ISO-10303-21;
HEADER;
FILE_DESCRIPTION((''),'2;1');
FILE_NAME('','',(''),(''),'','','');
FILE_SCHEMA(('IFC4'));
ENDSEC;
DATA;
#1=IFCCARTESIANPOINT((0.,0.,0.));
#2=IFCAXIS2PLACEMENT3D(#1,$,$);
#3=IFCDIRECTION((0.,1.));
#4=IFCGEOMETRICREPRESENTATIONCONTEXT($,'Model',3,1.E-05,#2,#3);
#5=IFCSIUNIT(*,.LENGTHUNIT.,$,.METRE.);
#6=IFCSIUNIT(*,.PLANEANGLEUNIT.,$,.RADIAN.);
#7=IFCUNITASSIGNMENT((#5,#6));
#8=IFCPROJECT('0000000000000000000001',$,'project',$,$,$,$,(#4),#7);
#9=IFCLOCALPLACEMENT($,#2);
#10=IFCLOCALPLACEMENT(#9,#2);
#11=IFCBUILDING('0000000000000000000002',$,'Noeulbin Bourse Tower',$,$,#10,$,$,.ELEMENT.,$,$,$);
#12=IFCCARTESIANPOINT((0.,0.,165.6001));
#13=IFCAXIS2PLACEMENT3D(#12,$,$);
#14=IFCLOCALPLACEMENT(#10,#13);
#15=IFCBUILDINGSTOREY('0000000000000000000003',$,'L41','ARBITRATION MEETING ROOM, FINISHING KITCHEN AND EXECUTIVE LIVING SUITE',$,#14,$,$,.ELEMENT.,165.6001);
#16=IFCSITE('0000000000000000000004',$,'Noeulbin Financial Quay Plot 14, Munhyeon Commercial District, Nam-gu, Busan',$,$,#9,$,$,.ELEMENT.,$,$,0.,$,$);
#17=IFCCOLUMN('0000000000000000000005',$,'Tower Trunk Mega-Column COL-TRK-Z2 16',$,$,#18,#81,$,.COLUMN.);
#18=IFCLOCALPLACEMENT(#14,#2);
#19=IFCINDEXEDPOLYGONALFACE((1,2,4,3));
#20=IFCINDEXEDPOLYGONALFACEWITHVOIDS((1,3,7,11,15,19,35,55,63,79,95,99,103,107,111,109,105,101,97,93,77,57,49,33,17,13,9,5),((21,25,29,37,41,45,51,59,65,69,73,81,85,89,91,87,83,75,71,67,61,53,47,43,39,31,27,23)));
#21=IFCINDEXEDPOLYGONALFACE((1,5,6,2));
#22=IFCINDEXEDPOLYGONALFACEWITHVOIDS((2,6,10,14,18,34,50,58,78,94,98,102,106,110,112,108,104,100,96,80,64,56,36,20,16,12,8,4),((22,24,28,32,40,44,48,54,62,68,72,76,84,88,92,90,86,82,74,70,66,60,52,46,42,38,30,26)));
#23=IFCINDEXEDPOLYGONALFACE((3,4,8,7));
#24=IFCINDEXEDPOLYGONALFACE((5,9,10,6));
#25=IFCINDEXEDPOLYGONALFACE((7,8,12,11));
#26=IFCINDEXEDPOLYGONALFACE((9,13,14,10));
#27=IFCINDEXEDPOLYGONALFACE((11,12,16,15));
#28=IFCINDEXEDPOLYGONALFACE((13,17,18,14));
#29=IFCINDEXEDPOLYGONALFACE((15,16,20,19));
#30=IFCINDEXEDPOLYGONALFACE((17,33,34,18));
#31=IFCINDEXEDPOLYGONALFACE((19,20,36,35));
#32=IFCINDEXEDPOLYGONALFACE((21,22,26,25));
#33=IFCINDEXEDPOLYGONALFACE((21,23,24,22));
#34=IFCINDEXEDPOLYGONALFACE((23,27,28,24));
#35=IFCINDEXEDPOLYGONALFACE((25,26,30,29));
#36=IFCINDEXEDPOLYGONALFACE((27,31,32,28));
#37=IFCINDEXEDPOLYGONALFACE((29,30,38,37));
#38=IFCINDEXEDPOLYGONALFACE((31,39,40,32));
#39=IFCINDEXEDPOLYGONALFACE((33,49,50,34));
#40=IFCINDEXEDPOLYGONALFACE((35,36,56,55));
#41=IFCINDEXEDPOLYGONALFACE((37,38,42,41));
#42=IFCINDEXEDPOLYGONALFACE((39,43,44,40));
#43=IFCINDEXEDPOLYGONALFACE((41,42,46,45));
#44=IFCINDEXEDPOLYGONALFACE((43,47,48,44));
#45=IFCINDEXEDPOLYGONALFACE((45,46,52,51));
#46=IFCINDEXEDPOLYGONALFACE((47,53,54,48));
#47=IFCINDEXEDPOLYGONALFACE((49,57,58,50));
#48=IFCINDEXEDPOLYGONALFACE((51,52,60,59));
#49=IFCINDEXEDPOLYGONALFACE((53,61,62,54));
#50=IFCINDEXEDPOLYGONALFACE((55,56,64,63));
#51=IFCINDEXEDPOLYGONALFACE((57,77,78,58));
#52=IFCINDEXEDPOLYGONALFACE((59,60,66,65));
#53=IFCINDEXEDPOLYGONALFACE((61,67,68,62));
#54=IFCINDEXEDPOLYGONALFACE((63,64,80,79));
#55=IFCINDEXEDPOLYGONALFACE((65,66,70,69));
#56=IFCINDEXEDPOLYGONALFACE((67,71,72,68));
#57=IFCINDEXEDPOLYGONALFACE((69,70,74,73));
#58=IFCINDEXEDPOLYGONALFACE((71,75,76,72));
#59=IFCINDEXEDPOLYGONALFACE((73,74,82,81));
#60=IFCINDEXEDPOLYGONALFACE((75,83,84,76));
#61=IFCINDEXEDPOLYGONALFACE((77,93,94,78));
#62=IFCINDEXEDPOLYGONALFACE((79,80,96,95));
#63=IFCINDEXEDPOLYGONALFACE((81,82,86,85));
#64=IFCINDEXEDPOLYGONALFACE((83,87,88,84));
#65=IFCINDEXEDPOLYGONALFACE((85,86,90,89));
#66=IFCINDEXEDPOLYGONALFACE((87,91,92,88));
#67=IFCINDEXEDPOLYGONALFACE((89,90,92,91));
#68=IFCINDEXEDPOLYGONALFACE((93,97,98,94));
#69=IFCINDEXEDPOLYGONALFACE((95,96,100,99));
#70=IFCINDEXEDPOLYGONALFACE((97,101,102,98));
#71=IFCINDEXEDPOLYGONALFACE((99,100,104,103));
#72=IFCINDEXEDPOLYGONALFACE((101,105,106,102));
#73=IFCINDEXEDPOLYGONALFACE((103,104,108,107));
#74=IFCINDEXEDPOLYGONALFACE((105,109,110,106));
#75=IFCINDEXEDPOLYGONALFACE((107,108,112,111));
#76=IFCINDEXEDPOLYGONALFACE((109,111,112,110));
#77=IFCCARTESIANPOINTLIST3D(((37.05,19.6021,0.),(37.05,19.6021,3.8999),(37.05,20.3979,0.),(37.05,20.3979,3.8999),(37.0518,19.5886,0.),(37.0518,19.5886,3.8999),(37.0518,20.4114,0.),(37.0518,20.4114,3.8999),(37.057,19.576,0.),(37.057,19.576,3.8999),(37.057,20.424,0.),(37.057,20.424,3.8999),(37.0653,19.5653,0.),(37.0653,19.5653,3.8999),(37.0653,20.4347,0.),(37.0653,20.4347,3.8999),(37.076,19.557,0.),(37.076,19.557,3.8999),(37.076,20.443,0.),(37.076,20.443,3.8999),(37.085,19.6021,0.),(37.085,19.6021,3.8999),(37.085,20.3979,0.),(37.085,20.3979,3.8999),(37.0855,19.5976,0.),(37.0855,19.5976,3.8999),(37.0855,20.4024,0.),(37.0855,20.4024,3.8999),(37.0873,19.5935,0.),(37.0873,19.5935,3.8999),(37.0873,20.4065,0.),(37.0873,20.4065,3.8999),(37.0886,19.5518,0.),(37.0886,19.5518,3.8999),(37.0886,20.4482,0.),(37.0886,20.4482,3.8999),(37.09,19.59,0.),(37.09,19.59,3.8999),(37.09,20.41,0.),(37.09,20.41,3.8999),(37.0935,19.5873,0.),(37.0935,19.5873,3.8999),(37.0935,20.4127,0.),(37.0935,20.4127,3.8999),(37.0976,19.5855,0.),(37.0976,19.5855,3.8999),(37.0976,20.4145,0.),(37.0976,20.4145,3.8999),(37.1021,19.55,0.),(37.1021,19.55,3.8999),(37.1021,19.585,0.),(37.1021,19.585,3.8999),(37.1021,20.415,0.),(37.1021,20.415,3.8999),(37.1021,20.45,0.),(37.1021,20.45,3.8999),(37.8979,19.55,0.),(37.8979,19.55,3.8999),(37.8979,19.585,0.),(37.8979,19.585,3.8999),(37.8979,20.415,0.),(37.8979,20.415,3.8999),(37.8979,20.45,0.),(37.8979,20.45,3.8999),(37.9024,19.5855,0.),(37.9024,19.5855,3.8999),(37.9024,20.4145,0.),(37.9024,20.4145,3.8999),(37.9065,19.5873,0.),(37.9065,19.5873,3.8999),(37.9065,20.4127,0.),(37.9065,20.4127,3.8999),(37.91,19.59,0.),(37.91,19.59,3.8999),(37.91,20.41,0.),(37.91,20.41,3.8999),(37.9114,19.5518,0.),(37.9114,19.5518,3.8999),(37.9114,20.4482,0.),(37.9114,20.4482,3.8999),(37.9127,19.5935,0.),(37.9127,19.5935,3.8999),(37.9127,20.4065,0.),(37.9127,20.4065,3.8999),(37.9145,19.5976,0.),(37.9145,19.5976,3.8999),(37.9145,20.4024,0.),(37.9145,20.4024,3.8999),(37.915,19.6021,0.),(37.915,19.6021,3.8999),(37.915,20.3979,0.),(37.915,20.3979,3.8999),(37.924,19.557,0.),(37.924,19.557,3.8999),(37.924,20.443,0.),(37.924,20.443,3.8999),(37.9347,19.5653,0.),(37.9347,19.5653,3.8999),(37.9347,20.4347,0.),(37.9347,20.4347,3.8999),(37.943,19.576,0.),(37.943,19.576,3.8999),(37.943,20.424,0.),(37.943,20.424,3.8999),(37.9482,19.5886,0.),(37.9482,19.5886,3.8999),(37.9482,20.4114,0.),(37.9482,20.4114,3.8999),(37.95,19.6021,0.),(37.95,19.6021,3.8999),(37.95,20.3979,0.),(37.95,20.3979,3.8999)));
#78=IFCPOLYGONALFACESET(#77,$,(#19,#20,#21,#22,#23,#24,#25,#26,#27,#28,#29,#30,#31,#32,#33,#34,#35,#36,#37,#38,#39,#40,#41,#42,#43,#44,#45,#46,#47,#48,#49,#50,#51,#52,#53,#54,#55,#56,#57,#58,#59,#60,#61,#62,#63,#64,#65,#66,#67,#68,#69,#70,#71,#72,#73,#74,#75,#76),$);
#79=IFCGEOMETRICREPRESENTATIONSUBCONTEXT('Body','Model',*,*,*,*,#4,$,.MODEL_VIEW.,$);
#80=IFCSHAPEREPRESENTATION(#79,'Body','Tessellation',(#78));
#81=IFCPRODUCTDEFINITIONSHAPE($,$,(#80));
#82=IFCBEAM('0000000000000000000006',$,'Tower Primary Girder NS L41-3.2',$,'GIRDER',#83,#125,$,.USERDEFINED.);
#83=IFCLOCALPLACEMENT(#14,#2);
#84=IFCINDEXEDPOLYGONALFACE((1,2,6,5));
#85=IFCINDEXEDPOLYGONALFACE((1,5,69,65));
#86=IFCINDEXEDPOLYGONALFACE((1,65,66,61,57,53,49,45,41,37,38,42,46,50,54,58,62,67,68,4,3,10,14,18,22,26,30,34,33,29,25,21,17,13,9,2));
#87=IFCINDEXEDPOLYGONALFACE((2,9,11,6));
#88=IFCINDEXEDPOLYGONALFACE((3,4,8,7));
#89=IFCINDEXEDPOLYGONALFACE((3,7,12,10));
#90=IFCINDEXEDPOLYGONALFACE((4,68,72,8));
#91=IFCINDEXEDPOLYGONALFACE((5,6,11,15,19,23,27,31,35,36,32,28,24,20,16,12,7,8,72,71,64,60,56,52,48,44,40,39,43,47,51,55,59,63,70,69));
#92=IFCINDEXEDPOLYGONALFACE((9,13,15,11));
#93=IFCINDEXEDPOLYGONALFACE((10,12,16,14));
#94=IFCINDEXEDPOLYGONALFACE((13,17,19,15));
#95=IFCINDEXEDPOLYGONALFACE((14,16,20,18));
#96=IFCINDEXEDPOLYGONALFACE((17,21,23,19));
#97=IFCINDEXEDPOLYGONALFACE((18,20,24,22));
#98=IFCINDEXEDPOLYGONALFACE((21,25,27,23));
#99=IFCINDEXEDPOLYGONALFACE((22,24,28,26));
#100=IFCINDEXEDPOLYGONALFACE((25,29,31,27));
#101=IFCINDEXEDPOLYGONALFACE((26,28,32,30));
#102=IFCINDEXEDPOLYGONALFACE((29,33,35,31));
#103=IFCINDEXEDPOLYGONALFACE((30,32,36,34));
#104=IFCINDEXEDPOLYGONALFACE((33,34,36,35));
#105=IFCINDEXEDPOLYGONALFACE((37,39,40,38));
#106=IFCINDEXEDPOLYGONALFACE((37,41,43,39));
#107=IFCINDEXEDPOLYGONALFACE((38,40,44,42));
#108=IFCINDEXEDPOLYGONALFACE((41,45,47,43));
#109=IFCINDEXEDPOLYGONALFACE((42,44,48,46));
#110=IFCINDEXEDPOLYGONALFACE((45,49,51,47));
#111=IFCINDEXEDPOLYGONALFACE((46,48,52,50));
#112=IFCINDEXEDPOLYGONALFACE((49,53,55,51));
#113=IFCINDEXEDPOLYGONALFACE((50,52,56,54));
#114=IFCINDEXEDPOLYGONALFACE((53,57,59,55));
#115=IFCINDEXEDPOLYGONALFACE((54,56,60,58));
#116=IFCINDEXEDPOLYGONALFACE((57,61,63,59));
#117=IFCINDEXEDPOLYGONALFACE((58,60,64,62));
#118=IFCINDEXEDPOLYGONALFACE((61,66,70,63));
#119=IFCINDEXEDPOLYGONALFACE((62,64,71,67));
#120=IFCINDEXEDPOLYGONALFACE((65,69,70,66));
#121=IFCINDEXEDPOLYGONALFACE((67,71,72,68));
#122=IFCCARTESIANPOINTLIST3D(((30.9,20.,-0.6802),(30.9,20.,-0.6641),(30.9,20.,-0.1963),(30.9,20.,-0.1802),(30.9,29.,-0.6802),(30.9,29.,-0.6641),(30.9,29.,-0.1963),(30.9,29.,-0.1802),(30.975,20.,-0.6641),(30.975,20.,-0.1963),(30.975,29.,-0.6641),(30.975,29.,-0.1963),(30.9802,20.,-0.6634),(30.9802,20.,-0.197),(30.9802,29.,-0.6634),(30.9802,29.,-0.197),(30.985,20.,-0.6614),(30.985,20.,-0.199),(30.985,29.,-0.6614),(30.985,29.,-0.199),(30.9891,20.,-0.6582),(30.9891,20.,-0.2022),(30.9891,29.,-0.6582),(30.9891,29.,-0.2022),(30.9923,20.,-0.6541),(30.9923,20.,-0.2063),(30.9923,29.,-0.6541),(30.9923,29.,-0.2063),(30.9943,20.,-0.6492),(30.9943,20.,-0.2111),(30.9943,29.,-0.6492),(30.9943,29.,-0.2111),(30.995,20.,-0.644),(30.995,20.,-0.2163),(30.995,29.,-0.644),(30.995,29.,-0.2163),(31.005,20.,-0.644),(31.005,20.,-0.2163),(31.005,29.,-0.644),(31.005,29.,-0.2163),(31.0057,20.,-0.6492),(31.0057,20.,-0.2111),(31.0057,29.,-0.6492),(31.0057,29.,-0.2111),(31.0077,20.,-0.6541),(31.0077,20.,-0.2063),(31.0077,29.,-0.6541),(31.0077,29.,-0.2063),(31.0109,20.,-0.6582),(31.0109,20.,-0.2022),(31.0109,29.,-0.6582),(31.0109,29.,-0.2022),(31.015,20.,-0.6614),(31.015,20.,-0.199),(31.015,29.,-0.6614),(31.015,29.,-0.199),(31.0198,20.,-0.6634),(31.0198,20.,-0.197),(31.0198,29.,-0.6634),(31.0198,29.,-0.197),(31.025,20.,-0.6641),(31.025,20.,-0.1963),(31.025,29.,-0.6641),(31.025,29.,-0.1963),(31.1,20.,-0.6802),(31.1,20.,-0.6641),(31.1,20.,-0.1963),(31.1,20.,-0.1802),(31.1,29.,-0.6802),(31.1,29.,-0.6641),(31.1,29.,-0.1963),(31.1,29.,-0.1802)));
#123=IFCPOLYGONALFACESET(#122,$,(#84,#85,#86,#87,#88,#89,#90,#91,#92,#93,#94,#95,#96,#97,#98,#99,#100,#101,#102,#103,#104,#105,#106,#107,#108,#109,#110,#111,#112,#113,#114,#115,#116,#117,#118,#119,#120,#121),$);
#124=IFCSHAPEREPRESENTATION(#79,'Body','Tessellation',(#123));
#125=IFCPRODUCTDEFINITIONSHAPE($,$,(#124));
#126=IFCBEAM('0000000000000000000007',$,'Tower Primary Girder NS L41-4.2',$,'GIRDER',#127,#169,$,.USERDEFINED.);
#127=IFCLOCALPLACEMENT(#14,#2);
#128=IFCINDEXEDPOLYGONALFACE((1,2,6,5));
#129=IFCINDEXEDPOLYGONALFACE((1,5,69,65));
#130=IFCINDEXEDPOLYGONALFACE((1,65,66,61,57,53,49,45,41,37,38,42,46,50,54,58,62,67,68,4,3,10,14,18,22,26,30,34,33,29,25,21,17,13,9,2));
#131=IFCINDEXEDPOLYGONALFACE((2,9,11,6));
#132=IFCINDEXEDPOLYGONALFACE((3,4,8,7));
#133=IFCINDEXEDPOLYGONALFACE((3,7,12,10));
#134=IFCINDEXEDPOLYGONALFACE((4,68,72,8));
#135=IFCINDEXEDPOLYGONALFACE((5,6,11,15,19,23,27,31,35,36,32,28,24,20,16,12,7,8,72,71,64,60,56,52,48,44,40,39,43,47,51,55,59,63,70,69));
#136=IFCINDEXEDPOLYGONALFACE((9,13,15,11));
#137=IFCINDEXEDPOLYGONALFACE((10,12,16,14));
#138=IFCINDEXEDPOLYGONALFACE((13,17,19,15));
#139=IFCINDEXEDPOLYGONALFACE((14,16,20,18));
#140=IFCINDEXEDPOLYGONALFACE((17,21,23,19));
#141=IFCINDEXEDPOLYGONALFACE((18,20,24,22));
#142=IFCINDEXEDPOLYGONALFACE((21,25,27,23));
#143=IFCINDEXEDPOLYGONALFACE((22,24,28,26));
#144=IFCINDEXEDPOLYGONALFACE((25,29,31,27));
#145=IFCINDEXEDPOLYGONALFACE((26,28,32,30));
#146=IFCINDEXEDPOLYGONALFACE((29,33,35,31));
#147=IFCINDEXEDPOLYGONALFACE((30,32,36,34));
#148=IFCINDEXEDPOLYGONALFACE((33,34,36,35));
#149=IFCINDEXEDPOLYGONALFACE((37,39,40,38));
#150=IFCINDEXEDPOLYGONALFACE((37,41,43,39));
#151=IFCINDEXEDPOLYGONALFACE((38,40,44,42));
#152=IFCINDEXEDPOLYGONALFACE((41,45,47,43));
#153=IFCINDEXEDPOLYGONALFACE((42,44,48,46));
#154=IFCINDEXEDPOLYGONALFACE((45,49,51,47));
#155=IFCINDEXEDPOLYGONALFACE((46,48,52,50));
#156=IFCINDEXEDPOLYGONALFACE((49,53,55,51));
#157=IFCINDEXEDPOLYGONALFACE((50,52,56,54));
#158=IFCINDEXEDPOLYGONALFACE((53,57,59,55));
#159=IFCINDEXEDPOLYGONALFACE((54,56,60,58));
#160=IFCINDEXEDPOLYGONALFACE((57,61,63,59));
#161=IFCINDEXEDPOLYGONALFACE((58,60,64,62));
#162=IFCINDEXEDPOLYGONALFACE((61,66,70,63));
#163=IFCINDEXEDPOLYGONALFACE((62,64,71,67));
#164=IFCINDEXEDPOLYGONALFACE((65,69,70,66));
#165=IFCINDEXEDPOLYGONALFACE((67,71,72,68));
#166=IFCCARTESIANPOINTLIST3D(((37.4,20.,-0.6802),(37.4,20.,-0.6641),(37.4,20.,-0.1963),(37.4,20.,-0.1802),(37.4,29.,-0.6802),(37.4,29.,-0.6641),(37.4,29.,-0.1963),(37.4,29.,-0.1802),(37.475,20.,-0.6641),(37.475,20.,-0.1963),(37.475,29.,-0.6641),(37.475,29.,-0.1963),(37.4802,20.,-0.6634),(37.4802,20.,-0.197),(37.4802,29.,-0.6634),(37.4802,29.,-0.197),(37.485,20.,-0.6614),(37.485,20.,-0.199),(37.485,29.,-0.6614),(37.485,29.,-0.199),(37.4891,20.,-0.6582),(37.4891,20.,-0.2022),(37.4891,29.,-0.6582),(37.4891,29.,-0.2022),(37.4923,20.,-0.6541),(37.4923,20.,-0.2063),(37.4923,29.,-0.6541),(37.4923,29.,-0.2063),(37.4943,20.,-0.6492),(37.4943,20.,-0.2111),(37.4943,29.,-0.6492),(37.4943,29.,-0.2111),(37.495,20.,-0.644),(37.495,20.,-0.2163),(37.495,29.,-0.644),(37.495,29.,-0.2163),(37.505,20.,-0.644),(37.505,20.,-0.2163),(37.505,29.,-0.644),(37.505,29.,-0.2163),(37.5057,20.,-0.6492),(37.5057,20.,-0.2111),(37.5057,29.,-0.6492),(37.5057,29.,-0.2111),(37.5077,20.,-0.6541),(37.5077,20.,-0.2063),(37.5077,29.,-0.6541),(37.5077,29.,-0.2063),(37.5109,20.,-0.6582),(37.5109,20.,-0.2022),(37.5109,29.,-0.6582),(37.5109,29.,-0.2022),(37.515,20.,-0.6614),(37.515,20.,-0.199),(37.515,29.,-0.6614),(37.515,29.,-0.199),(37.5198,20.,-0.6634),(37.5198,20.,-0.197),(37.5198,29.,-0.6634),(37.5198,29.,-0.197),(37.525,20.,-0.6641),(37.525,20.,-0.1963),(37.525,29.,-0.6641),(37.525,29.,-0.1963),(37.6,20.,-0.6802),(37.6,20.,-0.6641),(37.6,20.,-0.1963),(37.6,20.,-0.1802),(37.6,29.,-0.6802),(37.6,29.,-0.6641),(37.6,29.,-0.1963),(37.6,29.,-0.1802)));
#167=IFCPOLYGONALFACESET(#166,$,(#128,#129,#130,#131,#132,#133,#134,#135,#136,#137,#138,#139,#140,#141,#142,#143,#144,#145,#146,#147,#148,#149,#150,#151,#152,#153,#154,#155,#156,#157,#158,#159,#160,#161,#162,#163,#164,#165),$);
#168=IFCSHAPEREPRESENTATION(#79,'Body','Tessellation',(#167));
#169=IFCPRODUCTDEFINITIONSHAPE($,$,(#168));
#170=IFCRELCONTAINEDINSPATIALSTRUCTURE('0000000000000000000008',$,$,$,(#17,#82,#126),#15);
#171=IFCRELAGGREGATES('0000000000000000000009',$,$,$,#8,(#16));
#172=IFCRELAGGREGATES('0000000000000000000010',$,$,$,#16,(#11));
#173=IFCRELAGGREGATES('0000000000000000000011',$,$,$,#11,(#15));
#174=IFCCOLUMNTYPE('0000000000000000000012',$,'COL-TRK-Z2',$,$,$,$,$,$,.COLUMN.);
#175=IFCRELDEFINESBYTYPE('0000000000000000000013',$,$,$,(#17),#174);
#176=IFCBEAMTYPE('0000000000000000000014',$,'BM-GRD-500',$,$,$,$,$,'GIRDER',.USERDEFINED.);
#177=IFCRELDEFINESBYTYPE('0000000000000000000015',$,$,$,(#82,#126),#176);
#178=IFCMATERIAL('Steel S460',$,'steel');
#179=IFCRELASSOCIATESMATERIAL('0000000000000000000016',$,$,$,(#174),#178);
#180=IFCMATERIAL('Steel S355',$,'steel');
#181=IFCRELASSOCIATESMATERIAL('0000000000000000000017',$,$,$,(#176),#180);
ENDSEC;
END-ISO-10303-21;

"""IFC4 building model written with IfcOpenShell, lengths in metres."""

from ifc_helpers import new_model, si_unit, direction, frame, origin, origin_2d, place, context, subcontext, project, spatial, hollow_rectangle, i_section, extrude, material, material_profile, profile_set, type_object, element, save


model = new_model("IFC4")

# Units and contexts
model_context = context("Model", 3, precision=1e-05, world=origin(), true_north=direction((0.0, 1.0)))
body_context = subcontext(model_context, "Body", "Model", "MODEL_VIEW")
ifc_project = project(units=[si_unit("LENGTHUNIT", "METRE"), si_unit("PLANEANGLEUNIT", "RADIAN")], contexts=[model_context])

# Site, building, storey
site_placement = place(None, origin())
site = spatial("IfcSite", under=ifc_project, at=site_placement, Name="Noeulbin Financial Quay Plot 14, Munhyeon Commercial District, Nam-gu, Busan", CompositionType="ELEMENT", RefElevation=0.0)
building_placement = place(site_placement, origin())
building = spatial("IfcBuilding", under=site, at=building_placement, Name="Noeulbin Bourse Tower", CompositionType="ELEMENT")
storey_placement = place(building_placement, frame((0.0, 0.0, 165.6001)))
storey = spatial("IfcBuildingStorey", under=building, at=storey_placement, Name="L41", Description="ARBITRATION MEETING ROOM, FINISHING KITCHEN AND EXECUTIVE LIVING SUITE", CompositionType="ELEMENT", Elevation=165.6001)

# Column
ifc_material_1 = material(Name="Steel S460", Category="steel")
ifc_material_profile_1 = material_profile(ifc_material_1, hollow_rectangle(XDim=0.8999, YDim=0.8999, WallThickness=0.0349, InnerFilletRadius=0.0171, OuterFilletRadius=0.052, at=origin_2d()), Name="BOX-900x900x35", Category="LoadBearing")
ifc_profile_set_1 = profile_set([ifc_material_profile_1], Name="Steel S460")
column_type = type_object("IfcColumnType", Name="COL-TRK-Z2", PredefinedType="COLUMN", material=ifc_profile_set_1)
for number, where, z_axis, x_axis, name in (
    (1, (37.5, 20.0, 0.0), (0.0, 0.0, 1.0), (1.0, 0.0, 0.0), "Tower Trunk Mega-Column COL-TRK-Z2 16"),
):
    element("IfcColumn", number, at=place(storey_placement, frame(where, z_axis=z_axis, x_axis=x_axis)), inside=storey, type_object=column_type, Name=name, PredefinedType="COLUMN", context=body_context, shape_type="SweptSolid", body=[
        extrude(hollow_rectangle(XDim=0.8999, YDim=0.8999, WallThickness=0.0349, InnerFilletRadius=0.0171, OuterFilletRadius=0.052, at=origin_2d()), origin(), (0.0, 0.0, 1.0), 3.8999),
    ])

# Beams
ifc_material_2 = material(Name="Steel S355", Category="steel")
ifc_material_profile_2 = material_profile(ifc_material_2, i_section(OverallWidth=0.2, OverallDepth=0.5, WebThickness=0.01, FlangeThickness=0.0161, FilletRadius=0.02, at=origin_2d()), Name="H-500x200x10x16", Category="LoadBearing")
ifc_profile_set_2 = profile_set([ifc_material_profile_2], Name="Steel S355")
beam_type_1 = type_object("IfcBeamType", Name="BM-GRD-500", ElementType="GIRDER", PredefinedType="USERDEFINED", material=ifc_profile_set_2)
for number, where, z_axis, x_axis, name in (
    (2, (31.0, 20.0, -0.4302), (0.0, 1.0, 0.0), (-1.0, 0.0, 0.0), "Tower Primary Girder NS L41-3.2"),
    (3, (37.5, 20.0, -0.4302), (0.0, 1.0, 0.0), (-1.0, 0.0, 0.0), "Tower Primary Girder NS L41-4.2"),
):
    element("IfcBeam", number, at=place(storey_placement, frame(where, z_axis=z_axis, x_axis=x_axis)), inside=storey, type_object=beam_type_1, Name=name, ObjectType="GIRDER", PredefinedType="USERDEFINED", context=body_context, shape_type="SweptSolid", body=[
        extrude(i_section(OverallWidth=0.2, OverallDepth=0.5, WebThickness=0.01, FlangeThickness=0.0161, FilletRadius=0.02, at=origin_2d()), origin(), (0.0, 0.0, 1.0), 9.0),
    ])

save(model, "model.ifc")
